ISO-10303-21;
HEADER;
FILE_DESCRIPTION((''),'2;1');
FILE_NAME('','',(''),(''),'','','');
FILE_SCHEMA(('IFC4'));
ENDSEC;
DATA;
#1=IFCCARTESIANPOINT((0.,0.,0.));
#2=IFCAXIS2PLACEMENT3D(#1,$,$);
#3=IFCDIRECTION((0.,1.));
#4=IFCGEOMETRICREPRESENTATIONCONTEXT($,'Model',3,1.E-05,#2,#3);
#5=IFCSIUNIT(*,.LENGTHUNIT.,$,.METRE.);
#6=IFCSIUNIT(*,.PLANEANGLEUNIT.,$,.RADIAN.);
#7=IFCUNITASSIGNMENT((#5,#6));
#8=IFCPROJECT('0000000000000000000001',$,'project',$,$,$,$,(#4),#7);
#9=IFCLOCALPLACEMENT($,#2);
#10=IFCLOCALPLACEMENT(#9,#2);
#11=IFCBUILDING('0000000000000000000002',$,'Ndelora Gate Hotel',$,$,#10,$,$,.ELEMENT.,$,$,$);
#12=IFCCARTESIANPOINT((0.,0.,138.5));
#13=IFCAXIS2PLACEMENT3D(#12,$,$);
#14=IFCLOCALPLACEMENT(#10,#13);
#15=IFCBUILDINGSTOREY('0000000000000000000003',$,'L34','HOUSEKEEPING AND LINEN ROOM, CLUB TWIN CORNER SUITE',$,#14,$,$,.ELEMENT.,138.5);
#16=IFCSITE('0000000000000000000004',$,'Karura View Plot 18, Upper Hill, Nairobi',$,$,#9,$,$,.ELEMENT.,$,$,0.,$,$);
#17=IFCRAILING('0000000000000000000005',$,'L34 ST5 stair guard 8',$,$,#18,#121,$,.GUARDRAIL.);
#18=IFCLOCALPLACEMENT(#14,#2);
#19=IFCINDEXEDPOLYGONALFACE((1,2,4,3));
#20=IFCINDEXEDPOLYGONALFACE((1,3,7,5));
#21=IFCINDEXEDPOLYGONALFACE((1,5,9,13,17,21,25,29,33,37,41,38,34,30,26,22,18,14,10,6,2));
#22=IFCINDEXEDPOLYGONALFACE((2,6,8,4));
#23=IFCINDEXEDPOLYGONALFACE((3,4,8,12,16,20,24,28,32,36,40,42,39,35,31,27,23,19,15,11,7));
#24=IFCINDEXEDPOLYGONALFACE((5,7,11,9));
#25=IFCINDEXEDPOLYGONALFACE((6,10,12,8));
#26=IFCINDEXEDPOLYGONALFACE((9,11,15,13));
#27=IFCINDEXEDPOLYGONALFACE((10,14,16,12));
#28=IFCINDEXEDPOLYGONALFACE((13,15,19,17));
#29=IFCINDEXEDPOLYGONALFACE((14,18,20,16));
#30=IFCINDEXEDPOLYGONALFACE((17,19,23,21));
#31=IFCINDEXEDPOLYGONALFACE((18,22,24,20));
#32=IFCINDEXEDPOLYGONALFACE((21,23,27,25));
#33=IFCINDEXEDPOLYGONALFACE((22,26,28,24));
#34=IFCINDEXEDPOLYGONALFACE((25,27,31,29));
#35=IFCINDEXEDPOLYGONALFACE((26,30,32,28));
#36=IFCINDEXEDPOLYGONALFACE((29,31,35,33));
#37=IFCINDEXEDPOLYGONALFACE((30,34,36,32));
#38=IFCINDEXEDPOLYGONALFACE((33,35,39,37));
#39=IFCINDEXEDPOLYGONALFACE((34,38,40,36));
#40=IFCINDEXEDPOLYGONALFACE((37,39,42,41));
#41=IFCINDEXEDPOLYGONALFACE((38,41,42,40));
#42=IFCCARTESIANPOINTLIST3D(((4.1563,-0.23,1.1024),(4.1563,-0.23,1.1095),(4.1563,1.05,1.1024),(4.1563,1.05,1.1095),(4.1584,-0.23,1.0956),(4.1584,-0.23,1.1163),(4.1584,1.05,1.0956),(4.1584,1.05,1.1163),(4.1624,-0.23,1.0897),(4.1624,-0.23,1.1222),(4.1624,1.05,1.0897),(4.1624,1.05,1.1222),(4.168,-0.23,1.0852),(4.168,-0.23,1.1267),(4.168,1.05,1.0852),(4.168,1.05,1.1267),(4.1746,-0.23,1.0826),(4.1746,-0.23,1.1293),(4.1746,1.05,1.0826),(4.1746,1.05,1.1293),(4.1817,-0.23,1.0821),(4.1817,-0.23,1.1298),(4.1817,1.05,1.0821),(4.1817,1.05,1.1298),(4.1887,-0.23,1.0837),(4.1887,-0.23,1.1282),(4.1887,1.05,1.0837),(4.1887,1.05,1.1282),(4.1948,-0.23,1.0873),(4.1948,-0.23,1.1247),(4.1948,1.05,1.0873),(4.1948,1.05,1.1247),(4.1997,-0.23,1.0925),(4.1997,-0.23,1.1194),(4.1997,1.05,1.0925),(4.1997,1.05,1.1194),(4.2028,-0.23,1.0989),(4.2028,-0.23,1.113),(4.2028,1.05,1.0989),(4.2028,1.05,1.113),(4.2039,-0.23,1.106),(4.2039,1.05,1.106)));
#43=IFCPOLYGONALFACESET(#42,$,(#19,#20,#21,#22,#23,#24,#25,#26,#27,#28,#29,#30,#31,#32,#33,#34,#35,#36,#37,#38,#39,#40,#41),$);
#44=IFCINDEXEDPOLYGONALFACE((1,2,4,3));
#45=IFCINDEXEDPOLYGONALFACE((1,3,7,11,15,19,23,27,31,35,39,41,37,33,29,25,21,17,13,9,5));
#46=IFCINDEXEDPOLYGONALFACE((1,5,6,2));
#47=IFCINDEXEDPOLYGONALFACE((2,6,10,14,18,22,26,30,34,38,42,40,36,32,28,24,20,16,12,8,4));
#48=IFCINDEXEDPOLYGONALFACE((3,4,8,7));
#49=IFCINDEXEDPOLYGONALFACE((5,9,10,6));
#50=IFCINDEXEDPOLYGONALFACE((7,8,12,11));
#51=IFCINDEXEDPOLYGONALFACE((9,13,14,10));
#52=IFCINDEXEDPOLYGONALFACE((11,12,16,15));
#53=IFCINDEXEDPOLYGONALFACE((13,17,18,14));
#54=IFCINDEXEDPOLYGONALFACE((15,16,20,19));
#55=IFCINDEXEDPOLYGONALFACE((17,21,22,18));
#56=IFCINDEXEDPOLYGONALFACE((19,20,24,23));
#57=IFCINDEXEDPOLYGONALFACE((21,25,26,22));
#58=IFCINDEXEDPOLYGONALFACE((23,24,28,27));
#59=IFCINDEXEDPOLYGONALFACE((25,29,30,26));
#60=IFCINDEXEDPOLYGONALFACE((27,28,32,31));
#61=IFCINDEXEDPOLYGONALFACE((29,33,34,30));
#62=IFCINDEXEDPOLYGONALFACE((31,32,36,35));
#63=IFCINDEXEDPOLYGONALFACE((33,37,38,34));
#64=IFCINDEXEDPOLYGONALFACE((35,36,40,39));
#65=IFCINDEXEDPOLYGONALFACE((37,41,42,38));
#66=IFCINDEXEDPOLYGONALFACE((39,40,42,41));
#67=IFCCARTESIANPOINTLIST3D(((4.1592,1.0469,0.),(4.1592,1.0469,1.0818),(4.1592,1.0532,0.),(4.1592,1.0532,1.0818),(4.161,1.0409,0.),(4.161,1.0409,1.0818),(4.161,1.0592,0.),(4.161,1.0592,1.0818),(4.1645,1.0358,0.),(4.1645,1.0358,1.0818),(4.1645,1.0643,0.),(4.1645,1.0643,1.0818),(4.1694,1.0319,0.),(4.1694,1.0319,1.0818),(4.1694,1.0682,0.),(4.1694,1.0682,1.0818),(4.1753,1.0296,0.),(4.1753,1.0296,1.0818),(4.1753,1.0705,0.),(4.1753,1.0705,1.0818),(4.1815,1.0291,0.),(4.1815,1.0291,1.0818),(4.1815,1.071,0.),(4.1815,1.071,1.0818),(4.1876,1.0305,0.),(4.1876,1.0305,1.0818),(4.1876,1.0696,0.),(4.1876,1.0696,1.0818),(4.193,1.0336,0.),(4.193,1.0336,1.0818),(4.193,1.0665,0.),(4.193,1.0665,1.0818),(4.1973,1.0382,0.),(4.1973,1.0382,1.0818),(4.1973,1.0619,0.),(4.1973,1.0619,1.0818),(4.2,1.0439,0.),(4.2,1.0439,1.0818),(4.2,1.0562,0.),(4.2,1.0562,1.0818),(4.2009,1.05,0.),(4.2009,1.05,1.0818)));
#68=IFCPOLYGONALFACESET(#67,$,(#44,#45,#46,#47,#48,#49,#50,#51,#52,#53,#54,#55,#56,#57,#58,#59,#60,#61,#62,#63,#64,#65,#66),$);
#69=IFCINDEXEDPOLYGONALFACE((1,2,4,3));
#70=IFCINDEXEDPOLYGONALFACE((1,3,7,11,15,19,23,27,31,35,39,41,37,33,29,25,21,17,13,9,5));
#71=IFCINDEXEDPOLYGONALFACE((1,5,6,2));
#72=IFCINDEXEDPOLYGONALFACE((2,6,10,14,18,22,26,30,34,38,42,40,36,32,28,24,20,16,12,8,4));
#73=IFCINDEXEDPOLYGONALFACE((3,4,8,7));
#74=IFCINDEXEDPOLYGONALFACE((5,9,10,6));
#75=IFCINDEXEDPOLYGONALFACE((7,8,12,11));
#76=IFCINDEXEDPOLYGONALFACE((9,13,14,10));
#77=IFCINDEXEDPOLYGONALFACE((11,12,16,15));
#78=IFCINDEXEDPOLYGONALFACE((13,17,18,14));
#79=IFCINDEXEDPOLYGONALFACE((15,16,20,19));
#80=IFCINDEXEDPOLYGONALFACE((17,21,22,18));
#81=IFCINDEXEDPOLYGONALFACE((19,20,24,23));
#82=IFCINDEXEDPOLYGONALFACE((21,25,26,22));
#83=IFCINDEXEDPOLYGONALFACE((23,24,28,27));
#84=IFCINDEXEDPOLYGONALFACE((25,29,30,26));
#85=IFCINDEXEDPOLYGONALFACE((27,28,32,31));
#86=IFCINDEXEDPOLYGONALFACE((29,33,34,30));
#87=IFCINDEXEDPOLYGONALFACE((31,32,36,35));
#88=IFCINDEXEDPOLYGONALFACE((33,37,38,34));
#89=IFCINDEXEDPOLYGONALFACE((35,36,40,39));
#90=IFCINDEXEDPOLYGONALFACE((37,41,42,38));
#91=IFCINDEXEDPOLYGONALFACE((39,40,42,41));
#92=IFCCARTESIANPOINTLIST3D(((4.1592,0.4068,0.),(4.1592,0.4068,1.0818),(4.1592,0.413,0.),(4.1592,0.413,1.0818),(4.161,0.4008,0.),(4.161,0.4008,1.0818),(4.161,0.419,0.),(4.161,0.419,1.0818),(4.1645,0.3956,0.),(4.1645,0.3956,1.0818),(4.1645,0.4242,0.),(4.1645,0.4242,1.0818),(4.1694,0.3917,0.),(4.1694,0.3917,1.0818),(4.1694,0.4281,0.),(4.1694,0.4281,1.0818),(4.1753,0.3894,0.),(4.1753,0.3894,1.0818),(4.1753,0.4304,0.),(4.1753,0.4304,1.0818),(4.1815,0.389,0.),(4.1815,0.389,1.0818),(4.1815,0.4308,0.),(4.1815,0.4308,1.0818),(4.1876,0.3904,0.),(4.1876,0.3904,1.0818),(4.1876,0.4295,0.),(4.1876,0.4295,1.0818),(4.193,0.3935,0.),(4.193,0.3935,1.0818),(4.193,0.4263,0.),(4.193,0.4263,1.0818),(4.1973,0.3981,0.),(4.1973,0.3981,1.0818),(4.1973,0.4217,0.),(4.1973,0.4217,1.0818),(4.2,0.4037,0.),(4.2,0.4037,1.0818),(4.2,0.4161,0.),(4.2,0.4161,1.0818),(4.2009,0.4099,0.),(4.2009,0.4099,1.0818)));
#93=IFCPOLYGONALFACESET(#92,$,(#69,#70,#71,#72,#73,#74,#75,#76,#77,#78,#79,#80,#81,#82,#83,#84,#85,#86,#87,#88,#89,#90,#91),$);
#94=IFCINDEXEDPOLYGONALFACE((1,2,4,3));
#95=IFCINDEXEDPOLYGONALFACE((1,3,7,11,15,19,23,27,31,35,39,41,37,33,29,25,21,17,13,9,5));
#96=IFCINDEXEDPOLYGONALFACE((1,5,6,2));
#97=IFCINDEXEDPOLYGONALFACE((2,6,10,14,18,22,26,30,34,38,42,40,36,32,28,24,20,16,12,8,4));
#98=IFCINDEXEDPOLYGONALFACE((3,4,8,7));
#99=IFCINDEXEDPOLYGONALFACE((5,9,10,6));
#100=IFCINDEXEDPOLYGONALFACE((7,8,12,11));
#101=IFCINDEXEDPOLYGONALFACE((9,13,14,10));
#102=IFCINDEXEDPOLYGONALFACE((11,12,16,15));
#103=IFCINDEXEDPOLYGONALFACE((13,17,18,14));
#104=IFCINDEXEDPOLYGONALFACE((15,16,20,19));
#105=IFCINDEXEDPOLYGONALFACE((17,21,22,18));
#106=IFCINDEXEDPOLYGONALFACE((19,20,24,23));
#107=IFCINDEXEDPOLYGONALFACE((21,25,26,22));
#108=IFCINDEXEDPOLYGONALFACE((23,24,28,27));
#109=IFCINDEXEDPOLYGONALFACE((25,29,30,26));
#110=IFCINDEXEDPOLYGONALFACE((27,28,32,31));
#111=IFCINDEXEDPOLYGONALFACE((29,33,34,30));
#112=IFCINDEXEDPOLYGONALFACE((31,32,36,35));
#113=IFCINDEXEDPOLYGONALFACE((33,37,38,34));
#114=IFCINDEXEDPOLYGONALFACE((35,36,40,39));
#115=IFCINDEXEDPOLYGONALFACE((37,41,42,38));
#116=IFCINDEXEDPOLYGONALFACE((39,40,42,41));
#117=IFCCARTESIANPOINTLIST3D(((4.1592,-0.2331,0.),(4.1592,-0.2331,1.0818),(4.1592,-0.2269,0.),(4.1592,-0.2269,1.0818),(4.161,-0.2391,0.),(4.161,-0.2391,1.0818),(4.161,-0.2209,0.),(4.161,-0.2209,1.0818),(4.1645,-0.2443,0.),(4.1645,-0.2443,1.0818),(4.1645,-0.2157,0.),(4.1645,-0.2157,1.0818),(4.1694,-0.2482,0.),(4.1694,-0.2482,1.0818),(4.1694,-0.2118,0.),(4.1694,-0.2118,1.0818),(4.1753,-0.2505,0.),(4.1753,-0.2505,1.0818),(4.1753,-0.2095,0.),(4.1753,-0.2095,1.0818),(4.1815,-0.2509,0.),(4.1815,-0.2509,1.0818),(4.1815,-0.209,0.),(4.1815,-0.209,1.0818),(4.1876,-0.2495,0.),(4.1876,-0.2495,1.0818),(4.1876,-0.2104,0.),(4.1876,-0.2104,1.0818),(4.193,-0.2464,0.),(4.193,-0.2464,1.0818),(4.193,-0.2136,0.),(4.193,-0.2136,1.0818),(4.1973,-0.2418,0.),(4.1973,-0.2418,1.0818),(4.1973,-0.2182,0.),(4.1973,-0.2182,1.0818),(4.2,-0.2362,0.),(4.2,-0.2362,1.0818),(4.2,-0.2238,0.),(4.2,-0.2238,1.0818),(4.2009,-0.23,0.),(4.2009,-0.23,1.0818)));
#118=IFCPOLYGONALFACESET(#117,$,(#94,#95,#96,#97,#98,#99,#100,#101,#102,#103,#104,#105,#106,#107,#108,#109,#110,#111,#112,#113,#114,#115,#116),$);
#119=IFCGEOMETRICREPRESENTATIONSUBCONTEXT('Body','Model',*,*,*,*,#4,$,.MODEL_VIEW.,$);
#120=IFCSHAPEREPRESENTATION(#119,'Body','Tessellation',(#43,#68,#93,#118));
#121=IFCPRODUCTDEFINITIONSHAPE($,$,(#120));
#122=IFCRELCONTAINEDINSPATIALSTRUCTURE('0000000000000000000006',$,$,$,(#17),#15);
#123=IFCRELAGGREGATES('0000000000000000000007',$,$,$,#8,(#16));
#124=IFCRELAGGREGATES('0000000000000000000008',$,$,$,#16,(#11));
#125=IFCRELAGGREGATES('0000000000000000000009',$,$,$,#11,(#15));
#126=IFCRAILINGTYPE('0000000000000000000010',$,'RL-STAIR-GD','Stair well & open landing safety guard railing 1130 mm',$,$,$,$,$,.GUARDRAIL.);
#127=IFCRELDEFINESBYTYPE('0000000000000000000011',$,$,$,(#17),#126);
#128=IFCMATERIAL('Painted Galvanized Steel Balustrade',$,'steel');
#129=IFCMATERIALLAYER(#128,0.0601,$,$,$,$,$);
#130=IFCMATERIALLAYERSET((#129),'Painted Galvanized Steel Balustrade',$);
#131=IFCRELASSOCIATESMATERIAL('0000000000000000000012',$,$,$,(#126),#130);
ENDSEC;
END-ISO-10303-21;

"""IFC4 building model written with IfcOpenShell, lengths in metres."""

from ifc_helpers import new_model, si_unit, direction, frame, origin, origin_2d, place, context, subcontext, project, spatial, circle, extrude, material, layer, layer_set, type_object, element, save


model = new_model("IFC4")

# Units and contexts
model_context = context("Model", 3, precision=1e-05, world=origin(), true_north=direction((0.0, 1.0)))
body_context = subcontext(model_context, "Body", "Model", "MODEL_VIEW")
ifc_project = project(units=[si_unit("LENGTHUNIT", "METRE"), si_unit("PLANEANGLEUNIT", "RADIAN")], contexts=[model_context])

# Site, building, storey
site_placement = place(None, origin())
site = spatial("IfcSite", under=ifc_project, at=site_placement, Name="Karura View Plot 18, Upper Hill, Nairobi", CompositionType="ELEMENT", RefElevation=0.0)
building_placement = place(site_placement, origin())
building = spatial("IfcBuilding", under=site, at=building_placement, Name="Ndelora Gate Hotel", CompositionType="ELEMENT")
storey_placement = place(building_placement, frame((0.0, 0.0, 138.5)))
storey = spatial("IfcBuildingStorey", under=building, at=storey_placement, Name="L34", Description="HOUSEKEEPING AND LINEN ROOM, CLUB TWIN CORNER SUITE", CompositionType="ELEMENT", Elevation=138.5)

# Railing
ifc_material_1 = material(Name="Painted Galvanized Steel Balustrade", Category="steel")
ifc_layer_1 = layer(ifc_material_1, 0.0601)
ifc_layer_set_1 = layer_set([ifc_layer_1], Name="Painted Galvanized Steel Balustrade")
railing_type = type_object("IfcRailingType", Name="RL-STAIR-GD", Description="Stair well & open landing safety guard railing 1130 mm", PredefinedType="GUARDRAIL", material=ifc_layer_set_1)
for number, where, name in (
    (1, (4.1799, 1.05, 0.0), "L34 ST5 stair guard 8"),
):
    element("IfcRailing", number, at=place(storey_placement, frame(where)), inside=storey, type_object=railing_type, Name=name, PredefinedType="GUARDRAIL", context=body_context, shape_type="SweptSolid", body=[
        extrude(circle(Radius=0.0239, at=origin_2d()), frame((0.0, 0.0, 1.106), z_axis=(0.0, -1.0, 0.0), x_axis=(1.0, 0.0, 0.0)), (0.0, 0.0, 1.0), 1.28),
        extrude(circle(Radius=0.021, at=origin_2d()), origin(), (0.0, 0.0, 1.0), 1.0818),
        extrude(circle(Radius=0.021, at=origin_2d()), frame((0.0, -0.6401, 0.0)), (0.0, 0.0, 1.0), 1.0818),
        extrude(circle(Radius=0.021, at=origin_2d()), frame((0.0, -1.28, 0.0)), (0.0, 0.0, 1.0), 1.0818),
    ])

save(model, "model.ifc")
